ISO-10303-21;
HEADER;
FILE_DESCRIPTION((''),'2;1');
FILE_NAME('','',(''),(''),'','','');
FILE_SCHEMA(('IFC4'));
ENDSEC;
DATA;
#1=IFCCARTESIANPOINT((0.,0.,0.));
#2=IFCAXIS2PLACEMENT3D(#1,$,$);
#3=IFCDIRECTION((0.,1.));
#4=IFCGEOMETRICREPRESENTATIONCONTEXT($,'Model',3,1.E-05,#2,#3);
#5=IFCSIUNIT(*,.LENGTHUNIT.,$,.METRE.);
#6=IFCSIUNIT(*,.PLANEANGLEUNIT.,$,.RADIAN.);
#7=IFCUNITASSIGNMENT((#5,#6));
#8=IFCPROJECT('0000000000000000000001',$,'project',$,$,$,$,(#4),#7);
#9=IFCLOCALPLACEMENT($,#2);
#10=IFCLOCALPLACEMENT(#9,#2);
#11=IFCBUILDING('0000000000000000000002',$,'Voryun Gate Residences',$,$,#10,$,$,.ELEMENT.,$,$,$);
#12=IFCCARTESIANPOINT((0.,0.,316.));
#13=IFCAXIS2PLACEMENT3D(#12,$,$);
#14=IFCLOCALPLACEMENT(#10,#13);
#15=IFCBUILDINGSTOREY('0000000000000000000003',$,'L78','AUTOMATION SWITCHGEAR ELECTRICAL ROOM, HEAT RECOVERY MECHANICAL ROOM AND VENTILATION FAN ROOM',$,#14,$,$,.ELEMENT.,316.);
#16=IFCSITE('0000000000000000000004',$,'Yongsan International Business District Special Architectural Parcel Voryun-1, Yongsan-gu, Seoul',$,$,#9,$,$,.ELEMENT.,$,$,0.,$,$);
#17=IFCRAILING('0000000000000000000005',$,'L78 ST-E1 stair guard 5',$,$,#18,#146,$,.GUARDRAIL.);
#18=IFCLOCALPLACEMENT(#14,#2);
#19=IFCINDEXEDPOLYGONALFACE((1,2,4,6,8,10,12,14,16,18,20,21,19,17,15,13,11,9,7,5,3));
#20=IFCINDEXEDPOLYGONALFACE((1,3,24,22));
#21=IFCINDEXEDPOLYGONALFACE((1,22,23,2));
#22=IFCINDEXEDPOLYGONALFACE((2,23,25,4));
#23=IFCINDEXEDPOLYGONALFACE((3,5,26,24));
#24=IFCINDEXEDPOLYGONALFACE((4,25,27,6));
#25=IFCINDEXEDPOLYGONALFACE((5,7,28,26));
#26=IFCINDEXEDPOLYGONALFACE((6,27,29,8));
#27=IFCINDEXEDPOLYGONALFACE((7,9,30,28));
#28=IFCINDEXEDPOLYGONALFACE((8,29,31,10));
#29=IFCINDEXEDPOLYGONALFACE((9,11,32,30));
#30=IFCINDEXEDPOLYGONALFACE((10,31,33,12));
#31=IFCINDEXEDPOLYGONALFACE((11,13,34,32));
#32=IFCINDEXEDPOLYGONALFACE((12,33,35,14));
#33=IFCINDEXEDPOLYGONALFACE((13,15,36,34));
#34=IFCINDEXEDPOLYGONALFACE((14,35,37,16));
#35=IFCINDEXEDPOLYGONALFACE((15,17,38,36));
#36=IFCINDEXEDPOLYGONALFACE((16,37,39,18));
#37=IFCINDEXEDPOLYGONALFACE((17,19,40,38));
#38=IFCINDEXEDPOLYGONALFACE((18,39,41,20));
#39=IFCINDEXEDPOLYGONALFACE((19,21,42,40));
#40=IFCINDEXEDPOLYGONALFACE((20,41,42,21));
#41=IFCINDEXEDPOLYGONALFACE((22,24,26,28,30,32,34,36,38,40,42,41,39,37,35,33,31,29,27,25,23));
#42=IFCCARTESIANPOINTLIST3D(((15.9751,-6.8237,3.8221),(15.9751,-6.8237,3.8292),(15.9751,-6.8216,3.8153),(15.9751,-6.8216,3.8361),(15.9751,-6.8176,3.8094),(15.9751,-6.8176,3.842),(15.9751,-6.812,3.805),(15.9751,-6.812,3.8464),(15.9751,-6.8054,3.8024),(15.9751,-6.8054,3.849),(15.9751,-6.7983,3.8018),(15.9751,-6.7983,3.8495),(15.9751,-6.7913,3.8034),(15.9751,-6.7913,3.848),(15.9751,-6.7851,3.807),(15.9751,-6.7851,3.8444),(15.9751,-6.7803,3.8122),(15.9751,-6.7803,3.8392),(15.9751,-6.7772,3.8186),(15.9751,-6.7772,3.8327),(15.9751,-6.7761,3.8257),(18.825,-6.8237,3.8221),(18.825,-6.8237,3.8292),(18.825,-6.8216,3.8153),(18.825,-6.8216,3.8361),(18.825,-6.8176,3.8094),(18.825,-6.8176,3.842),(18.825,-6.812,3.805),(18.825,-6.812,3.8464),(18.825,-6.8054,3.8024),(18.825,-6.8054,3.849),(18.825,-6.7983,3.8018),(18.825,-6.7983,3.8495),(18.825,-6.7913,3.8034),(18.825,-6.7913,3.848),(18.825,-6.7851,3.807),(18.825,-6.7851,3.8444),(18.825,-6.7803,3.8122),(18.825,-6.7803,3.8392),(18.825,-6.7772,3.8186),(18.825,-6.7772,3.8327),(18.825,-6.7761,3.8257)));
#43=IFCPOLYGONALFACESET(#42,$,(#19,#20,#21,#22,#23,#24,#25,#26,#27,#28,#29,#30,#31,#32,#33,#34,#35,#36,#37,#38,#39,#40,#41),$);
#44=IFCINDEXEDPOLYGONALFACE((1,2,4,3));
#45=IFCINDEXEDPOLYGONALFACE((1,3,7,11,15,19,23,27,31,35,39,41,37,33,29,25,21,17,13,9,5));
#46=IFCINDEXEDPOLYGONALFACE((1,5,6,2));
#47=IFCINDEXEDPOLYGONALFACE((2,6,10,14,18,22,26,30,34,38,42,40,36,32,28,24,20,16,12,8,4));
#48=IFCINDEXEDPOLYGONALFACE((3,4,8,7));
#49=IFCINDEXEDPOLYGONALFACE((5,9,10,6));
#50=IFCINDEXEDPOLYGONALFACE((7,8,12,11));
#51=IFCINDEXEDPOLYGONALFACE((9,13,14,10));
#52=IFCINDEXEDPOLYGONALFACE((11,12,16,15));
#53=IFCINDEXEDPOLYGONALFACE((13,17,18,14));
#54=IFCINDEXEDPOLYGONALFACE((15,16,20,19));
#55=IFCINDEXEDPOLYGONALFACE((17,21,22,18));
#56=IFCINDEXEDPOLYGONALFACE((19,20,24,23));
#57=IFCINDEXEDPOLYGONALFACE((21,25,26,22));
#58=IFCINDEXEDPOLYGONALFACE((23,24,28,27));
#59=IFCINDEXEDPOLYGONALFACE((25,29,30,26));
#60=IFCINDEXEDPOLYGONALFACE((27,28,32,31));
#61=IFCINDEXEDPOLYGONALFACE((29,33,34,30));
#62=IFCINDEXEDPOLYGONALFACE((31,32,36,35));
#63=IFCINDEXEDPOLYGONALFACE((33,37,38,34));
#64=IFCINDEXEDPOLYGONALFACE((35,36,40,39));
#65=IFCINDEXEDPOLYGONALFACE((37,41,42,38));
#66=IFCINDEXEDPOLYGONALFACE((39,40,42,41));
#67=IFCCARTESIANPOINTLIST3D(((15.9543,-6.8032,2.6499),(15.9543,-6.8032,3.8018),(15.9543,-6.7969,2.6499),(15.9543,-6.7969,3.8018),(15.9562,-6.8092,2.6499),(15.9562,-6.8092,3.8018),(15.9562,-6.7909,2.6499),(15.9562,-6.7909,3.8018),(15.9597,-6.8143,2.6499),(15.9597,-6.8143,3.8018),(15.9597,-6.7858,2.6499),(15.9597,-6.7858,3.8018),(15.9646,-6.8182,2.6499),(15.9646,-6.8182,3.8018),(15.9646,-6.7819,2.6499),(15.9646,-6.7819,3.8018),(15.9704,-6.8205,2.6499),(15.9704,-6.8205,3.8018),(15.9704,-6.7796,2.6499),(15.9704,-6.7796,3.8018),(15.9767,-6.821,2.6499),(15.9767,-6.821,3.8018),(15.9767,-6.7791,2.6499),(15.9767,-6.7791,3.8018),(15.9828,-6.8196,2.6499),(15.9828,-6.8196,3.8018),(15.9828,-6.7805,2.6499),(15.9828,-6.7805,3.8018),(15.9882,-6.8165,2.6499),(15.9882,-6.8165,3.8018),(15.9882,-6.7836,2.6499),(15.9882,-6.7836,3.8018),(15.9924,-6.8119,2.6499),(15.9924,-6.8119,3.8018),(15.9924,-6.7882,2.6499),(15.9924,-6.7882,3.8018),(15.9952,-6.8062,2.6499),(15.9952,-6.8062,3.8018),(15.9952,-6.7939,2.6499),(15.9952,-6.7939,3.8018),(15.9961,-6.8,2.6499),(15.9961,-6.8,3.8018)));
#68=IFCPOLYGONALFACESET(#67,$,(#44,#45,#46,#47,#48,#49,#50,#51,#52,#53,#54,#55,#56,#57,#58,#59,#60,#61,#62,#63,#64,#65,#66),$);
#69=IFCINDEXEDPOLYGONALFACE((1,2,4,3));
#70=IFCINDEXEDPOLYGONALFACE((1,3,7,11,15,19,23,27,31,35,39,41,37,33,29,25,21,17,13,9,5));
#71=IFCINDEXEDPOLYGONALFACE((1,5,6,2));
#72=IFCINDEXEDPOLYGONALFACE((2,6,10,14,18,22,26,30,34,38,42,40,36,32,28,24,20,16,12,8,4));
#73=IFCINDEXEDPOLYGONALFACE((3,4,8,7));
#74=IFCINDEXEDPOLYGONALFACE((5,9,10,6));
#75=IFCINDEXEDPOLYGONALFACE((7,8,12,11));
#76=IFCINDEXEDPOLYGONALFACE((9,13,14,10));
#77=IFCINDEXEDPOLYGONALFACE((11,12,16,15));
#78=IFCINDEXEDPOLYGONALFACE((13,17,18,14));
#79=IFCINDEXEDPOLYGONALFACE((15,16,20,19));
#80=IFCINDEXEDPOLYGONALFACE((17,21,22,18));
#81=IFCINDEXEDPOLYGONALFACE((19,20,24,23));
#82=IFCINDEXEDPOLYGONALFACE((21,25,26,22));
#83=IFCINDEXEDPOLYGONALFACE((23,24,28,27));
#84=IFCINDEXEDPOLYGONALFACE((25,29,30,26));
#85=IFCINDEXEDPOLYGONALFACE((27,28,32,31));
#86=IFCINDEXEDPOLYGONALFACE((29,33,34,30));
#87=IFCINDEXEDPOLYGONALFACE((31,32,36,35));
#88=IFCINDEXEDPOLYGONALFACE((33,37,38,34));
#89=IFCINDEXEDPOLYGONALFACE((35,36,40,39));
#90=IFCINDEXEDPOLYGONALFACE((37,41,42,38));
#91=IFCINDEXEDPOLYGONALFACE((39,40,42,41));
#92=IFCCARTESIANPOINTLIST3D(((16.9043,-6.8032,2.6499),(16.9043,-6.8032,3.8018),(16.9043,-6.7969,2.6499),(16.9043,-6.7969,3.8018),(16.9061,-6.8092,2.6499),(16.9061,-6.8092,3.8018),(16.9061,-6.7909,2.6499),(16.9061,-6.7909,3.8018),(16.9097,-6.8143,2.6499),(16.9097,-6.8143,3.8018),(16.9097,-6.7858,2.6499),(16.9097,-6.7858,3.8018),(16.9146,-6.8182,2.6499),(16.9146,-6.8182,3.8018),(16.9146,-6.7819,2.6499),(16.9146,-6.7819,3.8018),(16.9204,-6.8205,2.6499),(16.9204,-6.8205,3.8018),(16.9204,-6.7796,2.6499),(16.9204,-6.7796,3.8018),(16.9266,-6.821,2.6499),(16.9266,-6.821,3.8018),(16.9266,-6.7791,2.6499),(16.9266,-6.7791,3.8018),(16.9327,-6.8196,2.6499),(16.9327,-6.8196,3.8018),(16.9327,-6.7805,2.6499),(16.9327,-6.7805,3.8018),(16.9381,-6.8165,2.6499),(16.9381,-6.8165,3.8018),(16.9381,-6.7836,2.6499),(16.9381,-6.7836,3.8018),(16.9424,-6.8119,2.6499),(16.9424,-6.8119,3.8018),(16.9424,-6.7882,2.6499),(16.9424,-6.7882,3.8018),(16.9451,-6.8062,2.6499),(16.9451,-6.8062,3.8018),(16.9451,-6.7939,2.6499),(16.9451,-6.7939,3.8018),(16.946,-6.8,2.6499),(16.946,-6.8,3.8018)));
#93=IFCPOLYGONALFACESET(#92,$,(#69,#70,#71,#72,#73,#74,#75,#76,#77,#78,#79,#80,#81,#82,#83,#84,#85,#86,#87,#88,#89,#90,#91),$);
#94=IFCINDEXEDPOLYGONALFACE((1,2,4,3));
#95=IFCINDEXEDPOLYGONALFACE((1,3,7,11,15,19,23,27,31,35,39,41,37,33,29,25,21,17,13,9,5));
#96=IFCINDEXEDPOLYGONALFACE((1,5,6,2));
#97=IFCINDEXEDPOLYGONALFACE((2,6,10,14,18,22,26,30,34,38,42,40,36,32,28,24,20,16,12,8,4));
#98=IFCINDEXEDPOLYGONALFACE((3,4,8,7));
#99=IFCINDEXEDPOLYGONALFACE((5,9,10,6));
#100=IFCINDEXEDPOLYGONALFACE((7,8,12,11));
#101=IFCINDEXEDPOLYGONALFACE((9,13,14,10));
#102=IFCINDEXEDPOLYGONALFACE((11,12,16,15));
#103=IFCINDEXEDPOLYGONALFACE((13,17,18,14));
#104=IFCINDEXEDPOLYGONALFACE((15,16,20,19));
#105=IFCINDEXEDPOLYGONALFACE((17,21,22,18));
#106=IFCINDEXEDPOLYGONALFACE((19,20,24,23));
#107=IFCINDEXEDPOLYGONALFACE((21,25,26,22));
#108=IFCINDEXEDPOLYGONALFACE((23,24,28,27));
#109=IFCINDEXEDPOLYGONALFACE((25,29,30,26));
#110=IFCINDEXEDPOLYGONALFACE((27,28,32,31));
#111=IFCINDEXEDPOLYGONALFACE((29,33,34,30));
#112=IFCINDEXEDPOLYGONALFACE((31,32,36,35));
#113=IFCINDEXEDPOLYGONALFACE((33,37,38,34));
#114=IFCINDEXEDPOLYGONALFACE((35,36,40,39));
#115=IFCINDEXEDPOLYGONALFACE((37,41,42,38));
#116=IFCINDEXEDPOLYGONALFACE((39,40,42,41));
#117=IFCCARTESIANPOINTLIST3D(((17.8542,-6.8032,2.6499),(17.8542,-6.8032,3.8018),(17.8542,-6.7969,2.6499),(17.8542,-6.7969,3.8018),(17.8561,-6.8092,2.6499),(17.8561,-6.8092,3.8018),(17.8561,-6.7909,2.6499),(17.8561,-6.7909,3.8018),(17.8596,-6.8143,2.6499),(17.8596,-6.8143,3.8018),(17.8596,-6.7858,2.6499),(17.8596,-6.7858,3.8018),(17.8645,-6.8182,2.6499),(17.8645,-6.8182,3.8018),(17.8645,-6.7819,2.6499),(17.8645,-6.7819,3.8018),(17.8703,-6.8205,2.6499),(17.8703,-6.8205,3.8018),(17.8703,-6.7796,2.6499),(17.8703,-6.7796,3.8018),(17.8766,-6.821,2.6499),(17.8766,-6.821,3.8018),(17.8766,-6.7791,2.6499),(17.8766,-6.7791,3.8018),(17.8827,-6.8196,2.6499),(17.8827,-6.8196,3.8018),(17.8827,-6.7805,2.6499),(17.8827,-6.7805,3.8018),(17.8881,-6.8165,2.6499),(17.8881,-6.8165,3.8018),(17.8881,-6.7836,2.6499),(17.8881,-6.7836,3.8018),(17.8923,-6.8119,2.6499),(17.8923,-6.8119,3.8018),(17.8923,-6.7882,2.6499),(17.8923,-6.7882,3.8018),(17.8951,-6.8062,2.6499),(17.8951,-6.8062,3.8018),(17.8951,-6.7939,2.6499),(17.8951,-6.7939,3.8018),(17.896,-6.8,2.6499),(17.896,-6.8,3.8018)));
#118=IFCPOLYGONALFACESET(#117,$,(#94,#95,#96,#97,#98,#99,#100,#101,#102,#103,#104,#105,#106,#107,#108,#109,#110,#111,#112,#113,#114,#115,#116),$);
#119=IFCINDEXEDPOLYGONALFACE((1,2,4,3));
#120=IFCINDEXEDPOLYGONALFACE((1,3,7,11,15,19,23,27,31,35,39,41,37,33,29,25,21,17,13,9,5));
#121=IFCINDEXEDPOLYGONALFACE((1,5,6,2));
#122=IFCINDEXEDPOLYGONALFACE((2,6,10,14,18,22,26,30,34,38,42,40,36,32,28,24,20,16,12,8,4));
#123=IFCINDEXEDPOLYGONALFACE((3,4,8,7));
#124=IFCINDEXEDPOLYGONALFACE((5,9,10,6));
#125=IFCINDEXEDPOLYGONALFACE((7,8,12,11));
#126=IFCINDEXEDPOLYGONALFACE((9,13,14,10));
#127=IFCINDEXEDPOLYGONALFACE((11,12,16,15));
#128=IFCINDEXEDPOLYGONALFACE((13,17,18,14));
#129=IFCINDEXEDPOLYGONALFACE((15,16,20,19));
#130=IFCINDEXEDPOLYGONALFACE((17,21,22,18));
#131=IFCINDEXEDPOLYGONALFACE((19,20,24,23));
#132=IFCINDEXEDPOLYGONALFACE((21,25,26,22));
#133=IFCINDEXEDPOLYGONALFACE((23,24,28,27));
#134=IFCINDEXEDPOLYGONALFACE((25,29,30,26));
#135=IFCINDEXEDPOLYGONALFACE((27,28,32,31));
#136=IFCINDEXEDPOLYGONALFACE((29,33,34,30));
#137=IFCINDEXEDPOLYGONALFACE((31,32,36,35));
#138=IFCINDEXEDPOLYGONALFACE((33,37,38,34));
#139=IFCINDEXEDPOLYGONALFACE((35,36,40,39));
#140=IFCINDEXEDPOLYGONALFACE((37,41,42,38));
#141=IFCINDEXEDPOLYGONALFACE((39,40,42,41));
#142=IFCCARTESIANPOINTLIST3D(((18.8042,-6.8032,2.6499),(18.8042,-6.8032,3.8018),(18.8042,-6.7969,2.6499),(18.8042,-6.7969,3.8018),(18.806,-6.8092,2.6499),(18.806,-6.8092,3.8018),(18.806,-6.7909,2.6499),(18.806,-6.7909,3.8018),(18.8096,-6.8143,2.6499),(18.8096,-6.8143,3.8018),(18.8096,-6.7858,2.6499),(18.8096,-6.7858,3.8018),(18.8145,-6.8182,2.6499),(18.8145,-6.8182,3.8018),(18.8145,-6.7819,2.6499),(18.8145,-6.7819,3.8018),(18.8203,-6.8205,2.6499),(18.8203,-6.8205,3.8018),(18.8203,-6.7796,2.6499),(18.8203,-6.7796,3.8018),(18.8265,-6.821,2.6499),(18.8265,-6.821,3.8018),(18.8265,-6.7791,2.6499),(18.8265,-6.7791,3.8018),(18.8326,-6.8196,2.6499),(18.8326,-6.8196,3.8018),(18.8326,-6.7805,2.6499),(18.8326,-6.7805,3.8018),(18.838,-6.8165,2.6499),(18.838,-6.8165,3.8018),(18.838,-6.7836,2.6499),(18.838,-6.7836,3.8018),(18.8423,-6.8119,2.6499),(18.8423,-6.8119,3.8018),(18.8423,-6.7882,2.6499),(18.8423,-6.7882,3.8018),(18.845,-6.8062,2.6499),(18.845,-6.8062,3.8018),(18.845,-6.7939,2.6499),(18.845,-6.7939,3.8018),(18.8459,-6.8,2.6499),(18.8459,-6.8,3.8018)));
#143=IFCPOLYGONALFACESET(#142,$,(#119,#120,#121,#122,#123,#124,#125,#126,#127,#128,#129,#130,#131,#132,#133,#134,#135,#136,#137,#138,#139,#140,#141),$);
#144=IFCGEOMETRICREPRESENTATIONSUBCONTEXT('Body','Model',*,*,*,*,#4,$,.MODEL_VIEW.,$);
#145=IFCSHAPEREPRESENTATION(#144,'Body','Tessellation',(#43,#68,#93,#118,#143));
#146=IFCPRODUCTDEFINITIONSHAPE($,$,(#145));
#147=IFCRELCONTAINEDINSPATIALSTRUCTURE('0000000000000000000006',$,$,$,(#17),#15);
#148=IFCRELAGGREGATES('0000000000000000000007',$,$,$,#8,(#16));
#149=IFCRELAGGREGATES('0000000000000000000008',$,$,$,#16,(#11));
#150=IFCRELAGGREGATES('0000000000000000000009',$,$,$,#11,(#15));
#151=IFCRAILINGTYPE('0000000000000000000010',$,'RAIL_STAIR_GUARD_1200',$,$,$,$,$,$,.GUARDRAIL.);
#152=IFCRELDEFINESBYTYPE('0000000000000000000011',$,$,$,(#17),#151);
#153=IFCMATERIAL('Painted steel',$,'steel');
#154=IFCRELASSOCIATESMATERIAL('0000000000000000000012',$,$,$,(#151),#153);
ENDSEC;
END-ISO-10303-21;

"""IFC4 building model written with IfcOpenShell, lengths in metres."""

from ifc_helpers import new_model, si_unit, direction, frame, origin, origin_2d, place, context, subcontext, project, spatial, circle, extrude, material, type_object, element, save


model = new_model("IFC4")

# Units and contexts
model_context = context("Model", 3, precision=1e-05, world=origin(), true_north=direction((0.0, 1.0)))
body_context = subcontext(model_context, "Body", "Model", "MODEL_VIEW")
ifc_project = project(units=[si_unit("LENGTHUNIT", "METRE"), si_unit("PLANEANGLEUNIT", "RADIAN")], contexts=[model_context])

# Site, building, storey
site_placement = place(None, origin())
site = spatial("IfcSite", under=ifc_project, at=site_placement, Name="Yongsan International Business District Special Architectural Parcel Voryun-1, Yongsan-gu, Seoul", CompositionType="ELEMENT", RefElevation=0.0)
building_placement = place(site_placement, origin())
building = spatial("IfcBuilding", under=site, at=building_placement, Name="Voryun Gate Residences", CompositionType="ELEMENT")
storey_placement = place(building_placement, frame((0.0, 0.0, 316.0)))
storey = spatial("IfcBuildingStorey", under=building, at=storey_placement, Name="L78", Description="AUTOMATION SWITCHGEAR ELECTRICAL ROOM, HEAT RECOVERY MECHANICAL ROOM AND VENTILATION FAN ROOM", CompositionType="ELEMENT", Elevation=316.0)

# Railing
ifc_material_1 = material(Name="Painted steel", Category="steel")
railing_type = type_object("IfcRailingType", Name="RAIL_STAIR_GUARD_1200", PredefinedType="GUARDRAIL", material=ifc_material_1)
railing_1_placement = place(storey_placement, frame((15.9751, -6.8, 2.6499)))
element("IfcRailing", 1, at=railing_1_placement, inside=storey, type_object=railing_type, Name="L78 ST-E1 stair guard 5", PredefinedType="GUARDRAIL", context=body_context, shape_type="SweptSolid", body=[
    extrude(circle(Radius=0.0239, at=origin_2d()), frame((0.0, 0.0, 1.1758), z_axis=(1.0, 0.0, 0.0), x_axis=(0.0, 1.0, 0.0)), (0.0, 0.0, 1.0), 2.8499),
    extrude(circle(Radius=0.021, at=origin_2d()), origin(), (0.0, 0.0, 1.0), 1.1519),
    extrude(circle(Radius=0.021, at=origin_2d()), frame((0.95, 0.0, 0.0)), (0.0, 0.0, 1.0), 1.1519),
    extrude(circle(Radius=0.021, at=origin_2d()), frame((1.8999, 0.0, 0.0)), (0.0, 0.0, 1.0), 1.1519),
    extrude(circle(Radius=0.021, at=origin_2d()), frame((2.8499, 0.0, 0.0)), (0.0, 0.0, 1.0), 1.1519),
])

save(model, "model.ifc")
